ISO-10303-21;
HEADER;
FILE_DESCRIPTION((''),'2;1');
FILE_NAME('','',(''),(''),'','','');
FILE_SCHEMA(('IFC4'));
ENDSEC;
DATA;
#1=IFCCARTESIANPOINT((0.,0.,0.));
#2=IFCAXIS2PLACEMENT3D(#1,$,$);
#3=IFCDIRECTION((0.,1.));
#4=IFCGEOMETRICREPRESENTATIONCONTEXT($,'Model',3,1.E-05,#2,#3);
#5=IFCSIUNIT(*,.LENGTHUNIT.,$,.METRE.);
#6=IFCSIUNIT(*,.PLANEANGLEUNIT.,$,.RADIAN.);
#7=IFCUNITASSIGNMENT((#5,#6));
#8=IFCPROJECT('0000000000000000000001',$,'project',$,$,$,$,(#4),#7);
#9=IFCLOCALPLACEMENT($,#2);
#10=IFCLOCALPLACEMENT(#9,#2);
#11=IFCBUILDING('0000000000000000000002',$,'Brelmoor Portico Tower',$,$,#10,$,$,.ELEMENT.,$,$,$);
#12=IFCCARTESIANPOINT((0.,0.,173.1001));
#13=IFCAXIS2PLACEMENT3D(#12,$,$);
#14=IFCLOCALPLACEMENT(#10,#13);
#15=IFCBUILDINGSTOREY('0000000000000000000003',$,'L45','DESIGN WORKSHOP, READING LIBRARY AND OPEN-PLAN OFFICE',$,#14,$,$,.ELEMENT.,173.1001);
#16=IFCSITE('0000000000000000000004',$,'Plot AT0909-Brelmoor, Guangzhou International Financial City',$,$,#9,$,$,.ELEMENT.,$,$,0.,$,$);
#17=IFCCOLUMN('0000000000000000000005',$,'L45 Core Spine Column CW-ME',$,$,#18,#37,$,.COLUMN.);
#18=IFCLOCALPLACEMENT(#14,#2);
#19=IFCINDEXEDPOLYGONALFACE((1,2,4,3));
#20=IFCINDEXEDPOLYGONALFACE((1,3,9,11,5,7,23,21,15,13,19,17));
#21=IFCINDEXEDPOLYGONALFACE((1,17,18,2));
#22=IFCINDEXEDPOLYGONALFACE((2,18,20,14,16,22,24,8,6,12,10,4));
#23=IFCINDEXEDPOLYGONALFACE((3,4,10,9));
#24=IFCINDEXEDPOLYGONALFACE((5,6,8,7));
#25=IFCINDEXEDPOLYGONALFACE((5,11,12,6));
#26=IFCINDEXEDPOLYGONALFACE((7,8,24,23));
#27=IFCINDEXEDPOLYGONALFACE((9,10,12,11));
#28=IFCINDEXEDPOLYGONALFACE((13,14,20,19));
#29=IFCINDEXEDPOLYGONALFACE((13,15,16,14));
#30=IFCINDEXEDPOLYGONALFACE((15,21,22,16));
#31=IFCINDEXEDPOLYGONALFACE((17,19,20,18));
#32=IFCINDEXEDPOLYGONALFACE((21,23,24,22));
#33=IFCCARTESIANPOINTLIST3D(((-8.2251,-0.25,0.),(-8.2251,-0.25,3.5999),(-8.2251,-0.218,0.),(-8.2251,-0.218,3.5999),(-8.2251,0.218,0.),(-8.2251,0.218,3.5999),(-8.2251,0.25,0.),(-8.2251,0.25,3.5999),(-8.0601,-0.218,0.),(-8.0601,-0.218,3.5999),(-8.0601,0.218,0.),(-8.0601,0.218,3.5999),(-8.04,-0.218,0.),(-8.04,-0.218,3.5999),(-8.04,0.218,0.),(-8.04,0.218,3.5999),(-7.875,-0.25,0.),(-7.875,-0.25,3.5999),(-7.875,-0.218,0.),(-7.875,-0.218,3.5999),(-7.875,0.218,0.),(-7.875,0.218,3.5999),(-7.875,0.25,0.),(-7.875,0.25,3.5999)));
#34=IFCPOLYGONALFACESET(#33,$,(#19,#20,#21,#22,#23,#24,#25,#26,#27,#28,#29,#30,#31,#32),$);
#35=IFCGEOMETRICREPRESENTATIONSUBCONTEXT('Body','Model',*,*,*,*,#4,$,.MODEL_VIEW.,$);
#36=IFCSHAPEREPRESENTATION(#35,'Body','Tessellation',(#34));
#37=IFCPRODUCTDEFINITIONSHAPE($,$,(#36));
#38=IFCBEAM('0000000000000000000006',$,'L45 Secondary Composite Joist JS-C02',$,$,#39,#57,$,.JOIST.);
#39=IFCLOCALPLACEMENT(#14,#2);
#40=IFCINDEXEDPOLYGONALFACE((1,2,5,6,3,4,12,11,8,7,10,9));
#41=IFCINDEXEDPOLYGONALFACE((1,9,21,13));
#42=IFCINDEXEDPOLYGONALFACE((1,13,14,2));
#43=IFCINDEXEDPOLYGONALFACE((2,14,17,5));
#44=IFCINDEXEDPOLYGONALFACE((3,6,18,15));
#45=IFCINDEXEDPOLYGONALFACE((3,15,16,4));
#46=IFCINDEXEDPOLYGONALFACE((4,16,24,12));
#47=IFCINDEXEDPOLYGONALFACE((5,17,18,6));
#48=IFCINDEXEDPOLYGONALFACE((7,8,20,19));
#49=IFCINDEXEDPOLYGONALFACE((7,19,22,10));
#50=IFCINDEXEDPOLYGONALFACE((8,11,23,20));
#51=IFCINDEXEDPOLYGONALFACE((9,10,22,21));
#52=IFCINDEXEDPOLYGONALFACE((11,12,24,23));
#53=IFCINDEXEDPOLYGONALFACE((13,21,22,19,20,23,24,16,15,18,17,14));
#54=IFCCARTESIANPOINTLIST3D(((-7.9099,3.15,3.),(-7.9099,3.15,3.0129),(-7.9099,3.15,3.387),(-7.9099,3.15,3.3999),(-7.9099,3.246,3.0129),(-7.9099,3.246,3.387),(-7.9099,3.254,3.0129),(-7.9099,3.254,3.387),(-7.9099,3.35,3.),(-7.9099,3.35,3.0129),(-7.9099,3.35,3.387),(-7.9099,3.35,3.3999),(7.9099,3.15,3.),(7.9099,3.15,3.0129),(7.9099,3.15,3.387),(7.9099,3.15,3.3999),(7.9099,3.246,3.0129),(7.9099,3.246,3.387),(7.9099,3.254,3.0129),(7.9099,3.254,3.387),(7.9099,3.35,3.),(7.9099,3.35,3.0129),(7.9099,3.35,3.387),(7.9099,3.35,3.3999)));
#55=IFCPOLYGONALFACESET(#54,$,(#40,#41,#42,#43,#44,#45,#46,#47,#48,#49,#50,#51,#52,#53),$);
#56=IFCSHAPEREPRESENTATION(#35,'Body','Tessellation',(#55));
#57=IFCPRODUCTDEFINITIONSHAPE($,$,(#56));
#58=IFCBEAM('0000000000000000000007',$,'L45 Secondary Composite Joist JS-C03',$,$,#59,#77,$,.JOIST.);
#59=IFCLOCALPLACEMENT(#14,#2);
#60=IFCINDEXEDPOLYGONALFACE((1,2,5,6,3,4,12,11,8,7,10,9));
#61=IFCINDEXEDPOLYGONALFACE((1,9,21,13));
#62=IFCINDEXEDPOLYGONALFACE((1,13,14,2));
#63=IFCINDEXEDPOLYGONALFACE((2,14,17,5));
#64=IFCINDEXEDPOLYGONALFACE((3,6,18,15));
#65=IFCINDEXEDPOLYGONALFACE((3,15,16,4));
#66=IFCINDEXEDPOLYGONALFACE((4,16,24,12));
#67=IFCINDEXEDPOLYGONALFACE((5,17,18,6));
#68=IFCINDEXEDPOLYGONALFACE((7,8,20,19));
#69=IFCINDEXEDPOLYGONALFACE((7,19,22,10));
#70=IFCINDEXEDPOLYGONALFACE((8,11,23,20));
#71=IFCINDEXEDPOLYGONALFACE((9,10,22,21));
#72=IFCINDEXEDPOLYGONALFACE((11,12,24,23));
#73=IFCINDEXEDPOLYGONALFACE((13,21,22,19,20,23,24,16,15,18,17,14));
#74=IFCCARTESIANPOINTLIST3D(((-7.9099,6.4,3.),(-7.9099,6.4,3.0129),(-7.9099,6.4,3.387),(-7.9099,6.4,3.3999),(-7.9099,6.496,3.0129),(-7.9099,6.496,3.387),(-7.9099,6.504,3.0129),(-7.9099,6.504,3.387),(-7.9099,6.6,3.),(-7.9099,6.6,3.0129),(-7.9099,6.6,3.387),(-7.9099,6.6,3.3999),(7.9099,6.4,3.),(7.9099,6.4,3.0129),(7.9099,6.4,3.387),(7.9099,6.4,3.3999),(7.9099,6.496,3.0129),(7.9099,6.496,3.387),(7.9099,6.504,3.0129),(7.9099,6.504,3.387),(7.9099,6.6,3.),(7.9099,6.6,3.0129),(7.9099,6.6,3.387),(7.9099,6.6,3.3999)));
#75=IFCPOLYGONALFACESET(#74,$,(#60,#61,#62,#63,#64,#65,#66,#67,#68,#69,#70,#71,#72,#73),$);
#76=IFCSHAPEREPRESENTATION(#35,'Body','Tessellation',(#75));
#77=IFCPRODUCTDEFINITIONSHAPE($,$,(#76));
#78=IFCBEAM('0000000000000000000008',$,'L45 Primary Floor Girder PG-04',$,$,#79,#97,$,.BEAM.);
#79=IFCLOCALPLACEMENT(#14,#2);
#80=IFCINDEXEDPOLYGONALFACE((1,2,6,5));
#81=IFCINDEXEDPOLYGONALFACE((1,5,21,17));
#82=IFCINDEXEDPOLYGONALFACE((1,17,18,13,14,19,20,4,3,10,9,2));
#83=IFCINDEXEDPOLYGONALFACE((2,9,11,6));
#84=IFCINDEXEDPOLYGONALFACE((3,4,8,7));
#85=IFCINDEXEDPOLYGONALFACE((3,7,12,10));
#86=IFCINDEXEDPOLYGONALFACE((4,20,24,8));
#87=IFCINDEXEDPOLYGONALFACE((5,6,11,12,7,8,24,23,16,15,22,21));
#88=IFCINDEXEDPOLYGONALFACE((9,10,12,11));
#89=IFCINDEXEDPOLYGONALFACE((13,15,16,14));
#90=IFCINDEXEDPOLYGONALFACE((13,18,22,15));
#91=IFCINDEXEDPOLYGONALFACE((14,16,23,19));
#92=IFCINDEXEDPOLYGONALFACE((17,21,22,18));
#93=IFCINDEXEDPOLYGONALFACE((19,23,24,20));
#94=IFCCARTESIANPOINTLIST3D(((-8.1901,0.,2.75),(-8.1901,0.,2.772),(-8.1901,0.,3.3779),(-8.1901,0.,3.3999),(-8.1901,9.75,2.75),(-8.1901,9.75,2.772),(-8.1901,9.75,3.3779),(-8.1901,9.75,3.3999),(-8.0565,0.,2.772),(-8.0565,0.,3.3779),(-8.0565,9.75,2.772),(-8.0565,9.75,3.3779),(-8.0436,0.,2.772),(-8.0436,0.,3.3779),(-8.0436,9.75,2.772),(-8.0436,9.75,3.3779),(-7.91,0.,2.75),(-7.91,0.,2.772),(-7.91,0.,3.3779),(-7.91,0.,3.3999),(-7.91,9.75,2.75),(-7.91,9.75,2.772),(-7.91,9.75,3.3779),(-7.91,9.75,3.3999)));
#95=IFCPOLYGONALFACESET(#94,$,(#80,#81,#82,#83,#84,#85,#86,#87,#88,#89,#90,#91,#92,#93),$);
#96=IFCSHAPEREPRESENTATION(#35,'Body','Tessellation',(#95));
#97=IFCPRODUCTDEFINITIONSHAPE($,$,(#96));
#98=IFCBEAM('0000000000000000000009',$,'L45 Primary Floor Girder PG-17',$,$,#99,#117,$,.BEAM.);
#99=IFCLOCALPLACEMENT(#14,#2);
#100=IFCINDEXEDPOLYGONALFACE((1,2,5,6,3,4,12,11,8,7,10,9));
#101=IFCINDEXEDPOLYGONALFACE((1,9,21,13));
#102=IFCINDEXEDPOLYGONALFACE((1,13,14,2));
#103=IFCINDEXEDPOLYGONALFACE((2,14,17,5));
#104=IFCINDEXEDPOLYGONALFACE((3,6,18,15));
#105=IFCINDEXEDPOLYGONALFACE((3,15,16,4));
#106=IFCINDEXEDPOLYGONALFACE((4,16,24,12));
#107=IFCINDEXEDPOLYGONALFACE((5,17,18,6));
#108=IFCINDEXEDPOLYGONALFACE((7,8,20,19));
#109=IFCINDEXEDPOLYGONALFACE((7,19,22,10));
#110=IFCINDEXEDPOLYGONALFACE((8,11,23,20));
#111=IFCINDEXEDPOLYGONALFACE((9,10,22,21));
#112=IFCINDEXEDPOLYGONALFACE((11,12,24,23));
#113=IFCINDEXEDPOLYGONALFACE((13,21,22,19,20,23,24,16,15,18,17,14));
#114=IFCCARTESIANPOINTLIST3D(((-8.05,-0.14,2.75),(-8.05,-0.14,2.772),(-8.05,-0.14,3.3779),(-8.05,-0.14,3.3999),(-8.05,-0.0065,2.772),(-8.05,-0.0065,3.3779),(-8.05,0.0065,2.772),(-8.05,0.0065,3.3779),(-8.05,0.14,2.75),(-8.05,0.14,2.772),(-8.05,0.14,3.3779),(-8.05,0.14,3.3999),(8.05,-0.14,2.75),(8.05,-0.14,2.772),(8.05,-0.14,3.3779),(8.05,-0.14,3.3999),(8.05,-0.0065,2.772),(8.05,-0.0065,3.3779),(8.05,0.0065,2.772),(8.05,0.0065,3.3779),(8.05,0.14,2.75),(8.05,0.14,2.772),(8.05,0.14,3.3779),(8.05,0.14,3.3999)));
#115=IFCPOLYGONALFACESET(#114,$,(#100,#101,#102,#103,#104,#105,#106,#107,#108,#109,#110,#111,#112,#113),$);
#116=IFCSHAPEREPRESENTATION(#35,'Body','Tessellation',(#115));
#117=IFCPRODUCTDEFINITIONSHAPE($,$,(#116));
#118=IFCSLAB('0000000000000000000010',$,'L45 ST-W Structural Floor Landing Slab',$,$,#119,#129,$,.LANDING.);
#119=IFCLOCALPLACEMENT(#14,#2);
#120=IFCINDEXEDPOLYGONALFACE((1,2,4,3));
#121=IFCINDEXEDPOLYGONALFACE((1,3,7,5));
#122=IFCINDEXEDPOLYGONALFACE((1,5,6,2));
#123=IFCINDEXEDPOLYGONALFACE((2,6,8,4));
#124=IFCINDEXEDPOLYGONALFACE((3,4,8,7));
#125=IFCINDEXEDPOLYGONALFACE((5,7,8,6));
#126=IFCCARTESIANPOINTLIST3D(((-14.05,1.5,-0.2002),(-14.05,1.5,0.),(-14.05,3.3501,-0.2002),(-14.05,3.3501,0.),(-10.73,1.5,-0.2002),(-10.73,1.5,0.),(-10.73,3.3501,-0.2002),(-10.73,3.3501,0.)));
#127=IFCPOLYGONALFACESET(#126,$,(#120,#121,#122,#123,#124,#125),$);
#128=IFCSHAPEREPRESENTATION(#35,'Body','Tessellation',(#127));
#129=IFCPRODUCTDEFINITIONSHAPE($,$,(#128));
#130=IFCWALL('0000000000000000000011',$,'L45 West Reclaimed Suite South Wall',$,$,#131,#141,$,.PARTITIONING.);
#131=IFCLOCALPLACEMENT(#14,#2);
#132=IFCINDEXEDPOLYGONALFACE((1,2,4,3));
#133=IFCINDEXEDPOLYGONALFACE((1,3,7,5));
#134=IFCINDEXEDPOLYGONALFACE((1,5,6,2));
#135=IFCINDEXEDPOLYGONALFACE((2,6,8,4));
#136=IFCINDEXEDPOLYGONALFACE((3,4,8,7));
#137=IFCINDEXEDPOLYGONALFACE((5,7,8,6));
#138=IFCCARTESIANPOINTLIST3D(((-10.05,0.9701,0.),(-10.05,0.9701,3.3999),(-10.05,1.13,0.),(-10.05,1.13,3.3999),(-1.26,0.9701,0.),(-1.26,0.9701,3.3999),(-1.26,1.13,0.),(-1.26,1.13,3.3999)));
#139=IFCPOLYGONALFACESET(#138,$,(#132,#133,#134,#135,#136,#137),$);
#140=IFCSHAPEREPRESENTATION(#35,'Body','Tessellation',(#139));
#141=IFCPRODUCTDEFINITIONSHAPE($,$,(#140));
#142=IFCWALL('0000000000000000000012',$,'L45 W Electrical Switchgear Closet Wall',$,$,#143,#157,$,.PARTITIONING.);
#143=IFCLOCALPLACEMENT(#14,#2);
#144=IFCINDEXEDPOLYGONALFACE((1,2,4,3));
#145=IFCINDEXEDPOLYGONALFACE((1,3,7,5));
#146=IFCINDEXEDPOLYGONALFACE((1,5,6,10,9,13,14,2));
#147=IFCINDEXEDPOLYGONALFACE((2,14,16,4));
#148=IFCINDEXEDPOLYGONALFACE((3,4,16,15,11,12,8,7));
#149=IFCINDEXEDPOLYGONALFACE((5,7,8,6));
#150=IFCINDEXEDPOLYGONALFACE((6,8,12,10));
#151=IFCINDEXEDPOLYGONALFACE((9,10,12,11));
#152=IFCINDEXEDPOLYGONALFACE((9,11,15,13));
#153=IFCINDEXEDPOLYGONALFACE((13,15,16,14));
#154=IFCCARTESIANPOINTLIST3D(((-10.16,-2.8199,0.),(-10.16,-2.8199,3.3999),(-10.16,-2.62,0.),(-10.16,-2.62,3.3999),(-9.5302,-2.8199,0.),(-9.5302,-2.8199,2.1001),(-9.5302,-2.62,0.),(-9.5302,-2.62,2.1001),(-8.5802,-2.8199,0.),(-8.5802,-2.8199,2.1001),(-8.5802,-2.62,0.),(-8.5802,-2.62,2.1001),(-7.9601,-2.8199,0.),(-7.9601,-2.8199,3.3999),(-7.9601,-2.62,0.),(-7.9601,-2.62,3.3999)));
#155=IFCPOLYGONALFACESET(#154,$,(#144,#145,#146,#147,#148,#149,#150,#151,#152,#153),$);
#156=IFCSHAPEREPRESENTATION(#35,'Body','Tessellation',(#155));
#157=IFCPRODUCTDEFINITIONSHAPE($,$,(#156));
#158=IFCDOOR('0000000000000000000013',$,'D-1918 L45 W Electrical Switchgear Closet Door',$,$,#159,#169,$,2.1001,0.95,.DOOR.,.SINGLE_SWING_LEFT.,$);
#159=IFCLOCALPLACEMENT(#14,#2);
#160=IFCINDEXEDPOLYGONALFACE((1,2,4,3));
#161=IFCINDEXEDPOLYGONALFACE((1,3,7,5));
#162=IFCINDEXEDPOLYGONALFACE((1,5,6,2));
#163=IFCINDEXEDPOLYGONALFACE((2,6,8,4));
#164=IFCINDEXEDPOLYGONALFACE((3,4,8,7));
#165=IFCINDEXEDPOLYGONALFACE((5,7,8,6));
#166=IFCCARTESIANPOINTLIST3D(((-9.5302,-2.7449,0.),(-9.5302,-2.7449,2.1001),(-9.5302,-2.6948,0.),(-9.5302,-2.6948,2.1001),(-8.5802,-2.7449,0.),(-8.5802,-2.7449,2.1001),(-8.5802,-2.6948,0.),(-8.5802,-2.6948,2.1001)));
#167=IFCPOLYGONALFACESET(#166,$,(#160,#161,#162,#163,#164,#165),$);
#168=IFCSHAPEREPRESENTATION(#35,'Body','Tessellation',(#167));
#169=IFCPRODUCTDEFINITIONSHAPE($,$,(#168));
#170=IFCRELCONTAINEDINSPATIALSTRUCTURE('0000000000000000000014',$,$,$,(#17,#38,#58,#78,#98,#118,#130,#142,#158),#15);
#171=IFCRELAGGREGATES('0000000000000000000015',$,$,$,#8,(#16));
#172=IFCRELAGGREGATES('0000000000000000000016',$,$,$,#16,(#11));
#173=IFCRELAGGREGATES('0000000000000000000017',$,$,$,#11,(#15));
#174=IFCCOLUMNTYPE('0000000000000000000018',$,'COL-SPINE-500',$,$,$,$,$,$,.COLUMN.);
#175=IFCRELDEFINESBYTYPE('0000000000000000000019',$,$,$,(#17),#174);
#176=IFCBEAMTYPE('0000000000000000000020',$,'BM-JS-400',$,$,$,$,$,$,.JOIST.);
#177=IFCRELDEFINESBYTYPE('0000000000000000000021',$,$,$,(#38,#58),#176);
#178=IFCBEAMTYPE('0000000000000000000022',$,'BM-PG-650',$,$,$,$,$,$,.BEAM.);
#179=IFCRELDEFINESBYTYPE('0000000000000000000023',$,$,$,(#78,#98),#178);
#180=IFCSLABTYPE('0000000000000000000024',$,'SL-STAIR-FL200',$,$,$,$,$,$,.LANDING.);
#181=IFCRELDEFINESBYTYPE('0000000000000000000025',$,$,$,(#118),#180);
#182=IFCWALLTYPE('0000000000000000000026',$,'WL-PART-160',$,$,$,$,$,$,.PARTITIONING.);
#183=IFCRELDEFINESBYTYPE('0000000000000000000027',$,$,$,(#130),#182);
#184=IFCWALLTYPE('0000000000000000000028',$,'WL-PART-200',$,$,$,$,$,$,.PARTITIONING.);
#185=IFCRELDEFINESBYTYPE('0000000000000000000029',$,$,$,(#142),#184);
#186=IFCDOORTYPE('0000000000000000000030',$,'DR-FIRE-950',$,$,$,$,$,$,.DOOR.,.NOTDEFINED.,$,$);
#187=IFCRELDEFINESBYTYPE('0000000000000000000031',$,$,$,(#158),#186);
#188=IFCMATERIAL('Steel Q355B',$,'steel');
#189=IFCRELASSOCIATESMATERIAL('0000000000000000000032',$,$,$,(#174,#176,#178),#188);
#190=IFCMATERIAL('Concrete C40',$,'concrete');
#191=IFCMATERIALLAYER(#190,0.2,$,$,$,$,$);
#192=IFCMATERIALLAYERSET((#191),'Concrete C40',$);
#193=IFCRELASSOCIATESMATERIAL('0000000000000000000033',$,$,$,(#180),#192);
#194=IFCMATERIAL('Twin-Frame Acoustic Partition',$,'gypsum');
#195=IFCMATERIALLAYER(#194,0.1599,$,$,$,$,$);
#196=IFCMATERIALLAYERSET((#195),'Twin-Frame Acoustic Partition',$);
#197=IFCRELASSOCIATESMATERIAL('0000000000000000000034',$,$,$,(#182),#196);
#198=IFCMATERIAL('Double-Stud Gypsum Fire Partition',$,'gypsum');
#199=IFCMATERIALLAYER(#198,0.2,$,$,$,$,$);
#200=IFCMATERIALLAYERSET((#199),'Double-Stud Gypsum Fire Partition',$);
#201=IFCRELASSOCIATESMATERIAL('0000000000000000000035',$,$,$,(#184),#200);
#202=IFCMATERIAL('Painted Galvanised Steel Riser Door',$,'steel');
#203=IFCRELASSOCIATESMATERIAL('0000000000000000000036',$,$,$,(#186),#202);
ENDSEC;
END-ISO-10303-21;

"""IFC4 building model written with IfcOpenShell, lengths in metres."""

from ifc_helpers import new_model, si_unit, direction, frame, frame_2d, origin, origin_2d, place, context, subcontext, project, spatial, polyline, rectangle, i_section, outline, extrude, material, layer, layer_set, material_profile, profile_set, type_object, element, fill, save


model = new_model("IFC4")

# Units and contexts
model_context = context("Model", 3, precision=1e-05, world=origin(), true_north=direction((0.0, 1.0)))
body_context = subcontext(model_context, "Body", "Model", "MODEL_VIEW")
ifc_project = project(units=[si_unit("LENGTHUNIT", "METRE"), si_unit("PLANEANGLEUNIT", "RADIAN")], contexts=[model_context])

# Site, building, storey
site_placement = place(None, origin())
site = spatial("IfcSite", under=ifc_project, at=site_placement, Name="Plot AT0909-Brelmoor, Guangzhou International Financial City", CompositionType="ELEMENT", RefElevation=0.0)
building_placement = place(site_placement, origin())
building = spatial("IfcBuilding", under=site, at=building_placement, Name="Brelmoor Portico Tower", CompositionType="ELEMENT")
storey_placement = place(building_placement, frame((0.0, 0.0, 173.1001)))
storey = spatial("IfcBuildingStorey", under=building, at=storey_placement, Name="L45", Description="DESIGN WORKSHOP, READING LIBRARY AND OPEN-PLAN OFFICE", CompositionType="ELEMENT", Elevation=173.1001)

# Column
ifc_material_1 = material(Name="Steel Q355B", Category="steel")
ifc_material_profile_1 = material_profile(ifc_material_1, i_section(OverallWidth=0.3501, OverallDepth=0.5, WebThickness=0.02, FlangeThickness=0.032, at=origin_2d()), Name="HW 500x350x20x32")
ifc_profile_set_1 = profile_set([ifc_material_profile_1], Name="Steel Q355B")
column_type = type_object("IfcColumnType", Name="COL-SPINE-500", PredefinedType="COLUMN", material=ifc_profile_set_1)
column_placement = place(storey_placement, frame((-8.05, 0.0, 0.0), z_axis=(0.0, 0.0, 1.0), x_axis=(1.0, 0.0, 0.0)))
element("IfcColumn", 1, at=column_placement, inside=storey, type_object=column_type, Name="L45 Core Spine Column CW-ME", PredefinedType="COLUMN", context=body_context, shape_type="SweptSolid", body=[
    extrude(i_section(OverallWidth=0.3501, OverallDepth=0.5, WebThickness=0.02, FlangeThickness=0.032, at=origin_2d()), origin(), (0.0, 0.0, 1.0), 3.5999),
])

# Beams
ifc_material_profile_2 = material_profile(ifc_material_1, i_section(OverallWidth=0.2, OverallDepth=0.3999, WebThickness=0.0081, FlangeThickness=0.0129, at=origin_2d()), Name="HN 400x200x8x13")
ifc_profile_set_2 = profile_set([ifc_material_profile_2], Name="Steel Q355B")
beam_type_1 = type_object("IfcBeamType", Name="BM-JS-400", PredefinedType="JOIST", material=ifc_profile_set_2)
for number, where, z_axis, x_axis, name in (
    (2, (-7.9099, 3.25, 3.2), (1.0, 0.0, 0.0), (0.0, 1.0, 0.0), "L45 Secondary Composite Joist JS-C02"),
    (3, (-7.9099, 6.5, 3.2), (1.0, 0.0, 0.0), (0.0, 1.0, 0.0), "L45 Secondary Composite Joist JS-C03"),
):
    element("IfcBeam", number, at=place(storey_placement, frame(where, z_axis=z_axis, x_axis=x_axis)), inside=storey, type_object=beam_type_1, Name=name, PredefinedType="JOIST", context=body_context, shape_type="SweptSolid", body=[
        extrude(i_section(OverallWidth=0.2, OverallDepth=0.3999, WebThickness=0.0081, FlangeThickness=0.0129, at=origin_2d()), origin(), (0.0, 0.0, 1.0), 15.8198),
    ])
ifc_material_profile_3 = material_profile(ifc_material_1, i_section(OverallWidth=0.28, OverallDepth=0.6499, WebThickness=0.0129, FlangeThickness=0.022, at=origin_2d()), Name="HN 650x280x13x22")
ifc_profile_set_3 = profile_set([ifc_material_profile_3], Name="Steel Q355B")
beam_type_2 = type_object("IfcBeamType", Name="BM-PG-650", PredefinedType="BEAM", material=ifc_profile_set_3)
beam_1_placement = place(storey_placement, frame((-8.05, 0.0, 3.075), z_axis=(0.0, 1.0, 0.0), x_axis=(-1.0, 0.0, 0.0)))
element("IfcBeam", 4, at=beam_1_placement, inside=storey, type_object=beam_type_2, Name="L45 Primary Floor Girder PG-04", PredefinedType="BEAM", context=body_context, shape_type="SweptSolid", body=[
    extrude(i_section(OverallWidth=0.28, OverallDepth=0.6499, WebThickness=0.0129, FlangeThickness=0.022, at=origin_2d()), origin(), (0.0, 0.0, 1.0), 9.75),
])
beam_2_placement = place(storey_placement, frame((-8.05, 0.0, 3.075), z_axis=(1.0, 0.0, 0.0), x_axis=(0.0, 1.0, 0.0)))
element("IfcBeam", 5, at=beam_2_placement, inside=storey, type_object=beam_type_2, Name="L45 Primary Floor Girder PG-17", PredefinedType="BEAM", context=body_context, shape_type="SweptSolid", body=[
    extrude(i_section(OverallWidth=0.28, OverallDepth=0.6499, WebThickness=0.0129, FlangeThickness=0.022, at=origin_2d()), origin(), (0.0, 0.0, 1.0), 16.1001),
])

# Slab
ifc_material_2 = material(Name="Concrete C40", Category="concrete")
ifc_layer_1 = layer(ifc_material_2, 0.2)
ifc_layer_set_1 = layer_set([ifc_layer_1], Name="Concrete C40")
slab_type = type_object("IfcSlabType", Name="SL-STAIR-FL200", PredefinedType="LANDING", material=ifc_layer_set_1)
slab_placement = place(storey_placement, frame((0.0, 0.0, -0.2002)))
element("IfcSlab", 6, at=slab_placement, inside=storey, type_object=slab_type, Name="L45 ST-W Structural Floor Landing Slab", PredefinedType="LANDING", context=body_context, shape_type="SweptSolid", body=[
    extrude(outline(polyline([(-10.73, 1.5), (-10.73, 3.3501), (-14.05, 3.3501), (-14.05, 1.5), (-10.73, 1.5)])), origin(), (0.0, 0.0, 1.0), 0.2002),
])

# Wall
ifc_material_3 = material(Name="Twin-Frame Acoustic Partition", Category="gypsum")
ifc_layer_2 = layer(ifc_material_3, 0.1599)
ifc_layer_set_2 = layer_set([ifc_layer_2], Name="Twin-Frame Acoustic Partition")
wall_type_1 = type_object("IfcWallType", Name="WL-PART-160", PredefinedType="PARTITIONING", material=ifc_layer_set_2)
wall_1_placement = place(storey_placement, frame((-10.05, 1.05, 0.0), z_axis=(0.0, 0.0, 1.0), x_axis=(1.0, 0.0, 0.0)))
element("IfcWall", 7, at=wall_1_placement, inside=storey, type_object=wall_type_1, Name="L45 West Reclaimed Suite South Wall", PredefinedType="PARTITIONING", context=body_context, shape_type="SweptSolid", body=[
    extrude(rectangle(XDim=8.79, YDim=0.1599, at=frame_2d((4.395, 0.0))), origin(), (0.0, 0.0, 1.0), 3.3999),
])

# Wall, opening, door
ifc_material_4 = material(Name="Double-Stud Gypsum Fire Partition", Category="gypsum")
ifc_layer_3 = layer(ifc_material_4, 0.2)
ifc_layer_set_3 = layer_set([ifc_layer_3], Name="Double-Stud Gypsum Fire Partition")
wall_type_2 = type_object("IfcWallType", Name="WL-PART-200", PredefinedType="PARTITIONING", material=ifc_layer_set_3)
wall_2_placement = place(storey_placement, frame((-7.96, -2.72, 0.0), z_axis=(0.0, 0.0, 1.0), x_axis=(-1.0, 0.0, 0.0)))
wall_2 = element("IfcWall", 8, at=wall_2_placement, inside=storey, type_object=wall_type_2, Name="L45 W Electrical Switchgear Closet Wall", PredefinedType="PARTITIONING", context=body_context, shape_type="SweptSolid", body=[
    extrude(rectangle(XDim=2.2, YDim=0.2, at=frame_2d((1.1001, 0.0))), origin(), (0.0, 0.0, 1.0), 3.3999),
])
opening_1_placement = place(wall_2_placement, frame((0.6201, 0.0, 0.0)))
opening_1 = element("IfcOpeningElement", 9, at=opening_1_placement, cuts=wall_2, PredefinedType="OPENING", context=body_context, shape_type="SweptSolid", body=[
    extrude(rectangle(XDim=0.95, YDim=2.1001, at=frame_2d((0.4751, 1.05))), frame((0.0, 0.1099, 0.0), z_axis=(0.0, -1.0, 0.0), x_axis=(1.0, 0.0, 0.0)), (0.0, 0.0, 1.0), 0.22),
])
ifc_material_5 = material(Name="Painted Galvanised Steel Riser Door", Category="steel")
door_type_1 = type_object("IfcDoorType", Name="DR-FIRE-950", OperationType="NOTDEFINED", PredefinedType="DOOR", material=ifc_material_5)
door_1_placement = place(opening_1_placement, origin())
door_1 = element("IfcDoor", 10, at=door_1_placement, inside=storey, type_object=door_type_1, Name="D-1918 L45 W Electrical Switchgear Closet Door", OperationType="SINGLE_SWING_LEFT", OverallHeight=2.1001, OverallWidth=0.95, PredefinedType="DOOR", context=body_context, shape_type="SweptSolid", body=[
    extrude(rectangle(XDim=0.95, YDim=2.1001, at=frame_2d((0.4751, 1.05))), frame((0.0, 0.0249, 0.0), z_axis=(0.0, -1.0, 0.0), x_axis=(1.0, 0.0, 0.0)), (0.0, 0.0, 1.0), 0.05),
])
fill(opening_1, door_1)

save(model, "model.ifc")
